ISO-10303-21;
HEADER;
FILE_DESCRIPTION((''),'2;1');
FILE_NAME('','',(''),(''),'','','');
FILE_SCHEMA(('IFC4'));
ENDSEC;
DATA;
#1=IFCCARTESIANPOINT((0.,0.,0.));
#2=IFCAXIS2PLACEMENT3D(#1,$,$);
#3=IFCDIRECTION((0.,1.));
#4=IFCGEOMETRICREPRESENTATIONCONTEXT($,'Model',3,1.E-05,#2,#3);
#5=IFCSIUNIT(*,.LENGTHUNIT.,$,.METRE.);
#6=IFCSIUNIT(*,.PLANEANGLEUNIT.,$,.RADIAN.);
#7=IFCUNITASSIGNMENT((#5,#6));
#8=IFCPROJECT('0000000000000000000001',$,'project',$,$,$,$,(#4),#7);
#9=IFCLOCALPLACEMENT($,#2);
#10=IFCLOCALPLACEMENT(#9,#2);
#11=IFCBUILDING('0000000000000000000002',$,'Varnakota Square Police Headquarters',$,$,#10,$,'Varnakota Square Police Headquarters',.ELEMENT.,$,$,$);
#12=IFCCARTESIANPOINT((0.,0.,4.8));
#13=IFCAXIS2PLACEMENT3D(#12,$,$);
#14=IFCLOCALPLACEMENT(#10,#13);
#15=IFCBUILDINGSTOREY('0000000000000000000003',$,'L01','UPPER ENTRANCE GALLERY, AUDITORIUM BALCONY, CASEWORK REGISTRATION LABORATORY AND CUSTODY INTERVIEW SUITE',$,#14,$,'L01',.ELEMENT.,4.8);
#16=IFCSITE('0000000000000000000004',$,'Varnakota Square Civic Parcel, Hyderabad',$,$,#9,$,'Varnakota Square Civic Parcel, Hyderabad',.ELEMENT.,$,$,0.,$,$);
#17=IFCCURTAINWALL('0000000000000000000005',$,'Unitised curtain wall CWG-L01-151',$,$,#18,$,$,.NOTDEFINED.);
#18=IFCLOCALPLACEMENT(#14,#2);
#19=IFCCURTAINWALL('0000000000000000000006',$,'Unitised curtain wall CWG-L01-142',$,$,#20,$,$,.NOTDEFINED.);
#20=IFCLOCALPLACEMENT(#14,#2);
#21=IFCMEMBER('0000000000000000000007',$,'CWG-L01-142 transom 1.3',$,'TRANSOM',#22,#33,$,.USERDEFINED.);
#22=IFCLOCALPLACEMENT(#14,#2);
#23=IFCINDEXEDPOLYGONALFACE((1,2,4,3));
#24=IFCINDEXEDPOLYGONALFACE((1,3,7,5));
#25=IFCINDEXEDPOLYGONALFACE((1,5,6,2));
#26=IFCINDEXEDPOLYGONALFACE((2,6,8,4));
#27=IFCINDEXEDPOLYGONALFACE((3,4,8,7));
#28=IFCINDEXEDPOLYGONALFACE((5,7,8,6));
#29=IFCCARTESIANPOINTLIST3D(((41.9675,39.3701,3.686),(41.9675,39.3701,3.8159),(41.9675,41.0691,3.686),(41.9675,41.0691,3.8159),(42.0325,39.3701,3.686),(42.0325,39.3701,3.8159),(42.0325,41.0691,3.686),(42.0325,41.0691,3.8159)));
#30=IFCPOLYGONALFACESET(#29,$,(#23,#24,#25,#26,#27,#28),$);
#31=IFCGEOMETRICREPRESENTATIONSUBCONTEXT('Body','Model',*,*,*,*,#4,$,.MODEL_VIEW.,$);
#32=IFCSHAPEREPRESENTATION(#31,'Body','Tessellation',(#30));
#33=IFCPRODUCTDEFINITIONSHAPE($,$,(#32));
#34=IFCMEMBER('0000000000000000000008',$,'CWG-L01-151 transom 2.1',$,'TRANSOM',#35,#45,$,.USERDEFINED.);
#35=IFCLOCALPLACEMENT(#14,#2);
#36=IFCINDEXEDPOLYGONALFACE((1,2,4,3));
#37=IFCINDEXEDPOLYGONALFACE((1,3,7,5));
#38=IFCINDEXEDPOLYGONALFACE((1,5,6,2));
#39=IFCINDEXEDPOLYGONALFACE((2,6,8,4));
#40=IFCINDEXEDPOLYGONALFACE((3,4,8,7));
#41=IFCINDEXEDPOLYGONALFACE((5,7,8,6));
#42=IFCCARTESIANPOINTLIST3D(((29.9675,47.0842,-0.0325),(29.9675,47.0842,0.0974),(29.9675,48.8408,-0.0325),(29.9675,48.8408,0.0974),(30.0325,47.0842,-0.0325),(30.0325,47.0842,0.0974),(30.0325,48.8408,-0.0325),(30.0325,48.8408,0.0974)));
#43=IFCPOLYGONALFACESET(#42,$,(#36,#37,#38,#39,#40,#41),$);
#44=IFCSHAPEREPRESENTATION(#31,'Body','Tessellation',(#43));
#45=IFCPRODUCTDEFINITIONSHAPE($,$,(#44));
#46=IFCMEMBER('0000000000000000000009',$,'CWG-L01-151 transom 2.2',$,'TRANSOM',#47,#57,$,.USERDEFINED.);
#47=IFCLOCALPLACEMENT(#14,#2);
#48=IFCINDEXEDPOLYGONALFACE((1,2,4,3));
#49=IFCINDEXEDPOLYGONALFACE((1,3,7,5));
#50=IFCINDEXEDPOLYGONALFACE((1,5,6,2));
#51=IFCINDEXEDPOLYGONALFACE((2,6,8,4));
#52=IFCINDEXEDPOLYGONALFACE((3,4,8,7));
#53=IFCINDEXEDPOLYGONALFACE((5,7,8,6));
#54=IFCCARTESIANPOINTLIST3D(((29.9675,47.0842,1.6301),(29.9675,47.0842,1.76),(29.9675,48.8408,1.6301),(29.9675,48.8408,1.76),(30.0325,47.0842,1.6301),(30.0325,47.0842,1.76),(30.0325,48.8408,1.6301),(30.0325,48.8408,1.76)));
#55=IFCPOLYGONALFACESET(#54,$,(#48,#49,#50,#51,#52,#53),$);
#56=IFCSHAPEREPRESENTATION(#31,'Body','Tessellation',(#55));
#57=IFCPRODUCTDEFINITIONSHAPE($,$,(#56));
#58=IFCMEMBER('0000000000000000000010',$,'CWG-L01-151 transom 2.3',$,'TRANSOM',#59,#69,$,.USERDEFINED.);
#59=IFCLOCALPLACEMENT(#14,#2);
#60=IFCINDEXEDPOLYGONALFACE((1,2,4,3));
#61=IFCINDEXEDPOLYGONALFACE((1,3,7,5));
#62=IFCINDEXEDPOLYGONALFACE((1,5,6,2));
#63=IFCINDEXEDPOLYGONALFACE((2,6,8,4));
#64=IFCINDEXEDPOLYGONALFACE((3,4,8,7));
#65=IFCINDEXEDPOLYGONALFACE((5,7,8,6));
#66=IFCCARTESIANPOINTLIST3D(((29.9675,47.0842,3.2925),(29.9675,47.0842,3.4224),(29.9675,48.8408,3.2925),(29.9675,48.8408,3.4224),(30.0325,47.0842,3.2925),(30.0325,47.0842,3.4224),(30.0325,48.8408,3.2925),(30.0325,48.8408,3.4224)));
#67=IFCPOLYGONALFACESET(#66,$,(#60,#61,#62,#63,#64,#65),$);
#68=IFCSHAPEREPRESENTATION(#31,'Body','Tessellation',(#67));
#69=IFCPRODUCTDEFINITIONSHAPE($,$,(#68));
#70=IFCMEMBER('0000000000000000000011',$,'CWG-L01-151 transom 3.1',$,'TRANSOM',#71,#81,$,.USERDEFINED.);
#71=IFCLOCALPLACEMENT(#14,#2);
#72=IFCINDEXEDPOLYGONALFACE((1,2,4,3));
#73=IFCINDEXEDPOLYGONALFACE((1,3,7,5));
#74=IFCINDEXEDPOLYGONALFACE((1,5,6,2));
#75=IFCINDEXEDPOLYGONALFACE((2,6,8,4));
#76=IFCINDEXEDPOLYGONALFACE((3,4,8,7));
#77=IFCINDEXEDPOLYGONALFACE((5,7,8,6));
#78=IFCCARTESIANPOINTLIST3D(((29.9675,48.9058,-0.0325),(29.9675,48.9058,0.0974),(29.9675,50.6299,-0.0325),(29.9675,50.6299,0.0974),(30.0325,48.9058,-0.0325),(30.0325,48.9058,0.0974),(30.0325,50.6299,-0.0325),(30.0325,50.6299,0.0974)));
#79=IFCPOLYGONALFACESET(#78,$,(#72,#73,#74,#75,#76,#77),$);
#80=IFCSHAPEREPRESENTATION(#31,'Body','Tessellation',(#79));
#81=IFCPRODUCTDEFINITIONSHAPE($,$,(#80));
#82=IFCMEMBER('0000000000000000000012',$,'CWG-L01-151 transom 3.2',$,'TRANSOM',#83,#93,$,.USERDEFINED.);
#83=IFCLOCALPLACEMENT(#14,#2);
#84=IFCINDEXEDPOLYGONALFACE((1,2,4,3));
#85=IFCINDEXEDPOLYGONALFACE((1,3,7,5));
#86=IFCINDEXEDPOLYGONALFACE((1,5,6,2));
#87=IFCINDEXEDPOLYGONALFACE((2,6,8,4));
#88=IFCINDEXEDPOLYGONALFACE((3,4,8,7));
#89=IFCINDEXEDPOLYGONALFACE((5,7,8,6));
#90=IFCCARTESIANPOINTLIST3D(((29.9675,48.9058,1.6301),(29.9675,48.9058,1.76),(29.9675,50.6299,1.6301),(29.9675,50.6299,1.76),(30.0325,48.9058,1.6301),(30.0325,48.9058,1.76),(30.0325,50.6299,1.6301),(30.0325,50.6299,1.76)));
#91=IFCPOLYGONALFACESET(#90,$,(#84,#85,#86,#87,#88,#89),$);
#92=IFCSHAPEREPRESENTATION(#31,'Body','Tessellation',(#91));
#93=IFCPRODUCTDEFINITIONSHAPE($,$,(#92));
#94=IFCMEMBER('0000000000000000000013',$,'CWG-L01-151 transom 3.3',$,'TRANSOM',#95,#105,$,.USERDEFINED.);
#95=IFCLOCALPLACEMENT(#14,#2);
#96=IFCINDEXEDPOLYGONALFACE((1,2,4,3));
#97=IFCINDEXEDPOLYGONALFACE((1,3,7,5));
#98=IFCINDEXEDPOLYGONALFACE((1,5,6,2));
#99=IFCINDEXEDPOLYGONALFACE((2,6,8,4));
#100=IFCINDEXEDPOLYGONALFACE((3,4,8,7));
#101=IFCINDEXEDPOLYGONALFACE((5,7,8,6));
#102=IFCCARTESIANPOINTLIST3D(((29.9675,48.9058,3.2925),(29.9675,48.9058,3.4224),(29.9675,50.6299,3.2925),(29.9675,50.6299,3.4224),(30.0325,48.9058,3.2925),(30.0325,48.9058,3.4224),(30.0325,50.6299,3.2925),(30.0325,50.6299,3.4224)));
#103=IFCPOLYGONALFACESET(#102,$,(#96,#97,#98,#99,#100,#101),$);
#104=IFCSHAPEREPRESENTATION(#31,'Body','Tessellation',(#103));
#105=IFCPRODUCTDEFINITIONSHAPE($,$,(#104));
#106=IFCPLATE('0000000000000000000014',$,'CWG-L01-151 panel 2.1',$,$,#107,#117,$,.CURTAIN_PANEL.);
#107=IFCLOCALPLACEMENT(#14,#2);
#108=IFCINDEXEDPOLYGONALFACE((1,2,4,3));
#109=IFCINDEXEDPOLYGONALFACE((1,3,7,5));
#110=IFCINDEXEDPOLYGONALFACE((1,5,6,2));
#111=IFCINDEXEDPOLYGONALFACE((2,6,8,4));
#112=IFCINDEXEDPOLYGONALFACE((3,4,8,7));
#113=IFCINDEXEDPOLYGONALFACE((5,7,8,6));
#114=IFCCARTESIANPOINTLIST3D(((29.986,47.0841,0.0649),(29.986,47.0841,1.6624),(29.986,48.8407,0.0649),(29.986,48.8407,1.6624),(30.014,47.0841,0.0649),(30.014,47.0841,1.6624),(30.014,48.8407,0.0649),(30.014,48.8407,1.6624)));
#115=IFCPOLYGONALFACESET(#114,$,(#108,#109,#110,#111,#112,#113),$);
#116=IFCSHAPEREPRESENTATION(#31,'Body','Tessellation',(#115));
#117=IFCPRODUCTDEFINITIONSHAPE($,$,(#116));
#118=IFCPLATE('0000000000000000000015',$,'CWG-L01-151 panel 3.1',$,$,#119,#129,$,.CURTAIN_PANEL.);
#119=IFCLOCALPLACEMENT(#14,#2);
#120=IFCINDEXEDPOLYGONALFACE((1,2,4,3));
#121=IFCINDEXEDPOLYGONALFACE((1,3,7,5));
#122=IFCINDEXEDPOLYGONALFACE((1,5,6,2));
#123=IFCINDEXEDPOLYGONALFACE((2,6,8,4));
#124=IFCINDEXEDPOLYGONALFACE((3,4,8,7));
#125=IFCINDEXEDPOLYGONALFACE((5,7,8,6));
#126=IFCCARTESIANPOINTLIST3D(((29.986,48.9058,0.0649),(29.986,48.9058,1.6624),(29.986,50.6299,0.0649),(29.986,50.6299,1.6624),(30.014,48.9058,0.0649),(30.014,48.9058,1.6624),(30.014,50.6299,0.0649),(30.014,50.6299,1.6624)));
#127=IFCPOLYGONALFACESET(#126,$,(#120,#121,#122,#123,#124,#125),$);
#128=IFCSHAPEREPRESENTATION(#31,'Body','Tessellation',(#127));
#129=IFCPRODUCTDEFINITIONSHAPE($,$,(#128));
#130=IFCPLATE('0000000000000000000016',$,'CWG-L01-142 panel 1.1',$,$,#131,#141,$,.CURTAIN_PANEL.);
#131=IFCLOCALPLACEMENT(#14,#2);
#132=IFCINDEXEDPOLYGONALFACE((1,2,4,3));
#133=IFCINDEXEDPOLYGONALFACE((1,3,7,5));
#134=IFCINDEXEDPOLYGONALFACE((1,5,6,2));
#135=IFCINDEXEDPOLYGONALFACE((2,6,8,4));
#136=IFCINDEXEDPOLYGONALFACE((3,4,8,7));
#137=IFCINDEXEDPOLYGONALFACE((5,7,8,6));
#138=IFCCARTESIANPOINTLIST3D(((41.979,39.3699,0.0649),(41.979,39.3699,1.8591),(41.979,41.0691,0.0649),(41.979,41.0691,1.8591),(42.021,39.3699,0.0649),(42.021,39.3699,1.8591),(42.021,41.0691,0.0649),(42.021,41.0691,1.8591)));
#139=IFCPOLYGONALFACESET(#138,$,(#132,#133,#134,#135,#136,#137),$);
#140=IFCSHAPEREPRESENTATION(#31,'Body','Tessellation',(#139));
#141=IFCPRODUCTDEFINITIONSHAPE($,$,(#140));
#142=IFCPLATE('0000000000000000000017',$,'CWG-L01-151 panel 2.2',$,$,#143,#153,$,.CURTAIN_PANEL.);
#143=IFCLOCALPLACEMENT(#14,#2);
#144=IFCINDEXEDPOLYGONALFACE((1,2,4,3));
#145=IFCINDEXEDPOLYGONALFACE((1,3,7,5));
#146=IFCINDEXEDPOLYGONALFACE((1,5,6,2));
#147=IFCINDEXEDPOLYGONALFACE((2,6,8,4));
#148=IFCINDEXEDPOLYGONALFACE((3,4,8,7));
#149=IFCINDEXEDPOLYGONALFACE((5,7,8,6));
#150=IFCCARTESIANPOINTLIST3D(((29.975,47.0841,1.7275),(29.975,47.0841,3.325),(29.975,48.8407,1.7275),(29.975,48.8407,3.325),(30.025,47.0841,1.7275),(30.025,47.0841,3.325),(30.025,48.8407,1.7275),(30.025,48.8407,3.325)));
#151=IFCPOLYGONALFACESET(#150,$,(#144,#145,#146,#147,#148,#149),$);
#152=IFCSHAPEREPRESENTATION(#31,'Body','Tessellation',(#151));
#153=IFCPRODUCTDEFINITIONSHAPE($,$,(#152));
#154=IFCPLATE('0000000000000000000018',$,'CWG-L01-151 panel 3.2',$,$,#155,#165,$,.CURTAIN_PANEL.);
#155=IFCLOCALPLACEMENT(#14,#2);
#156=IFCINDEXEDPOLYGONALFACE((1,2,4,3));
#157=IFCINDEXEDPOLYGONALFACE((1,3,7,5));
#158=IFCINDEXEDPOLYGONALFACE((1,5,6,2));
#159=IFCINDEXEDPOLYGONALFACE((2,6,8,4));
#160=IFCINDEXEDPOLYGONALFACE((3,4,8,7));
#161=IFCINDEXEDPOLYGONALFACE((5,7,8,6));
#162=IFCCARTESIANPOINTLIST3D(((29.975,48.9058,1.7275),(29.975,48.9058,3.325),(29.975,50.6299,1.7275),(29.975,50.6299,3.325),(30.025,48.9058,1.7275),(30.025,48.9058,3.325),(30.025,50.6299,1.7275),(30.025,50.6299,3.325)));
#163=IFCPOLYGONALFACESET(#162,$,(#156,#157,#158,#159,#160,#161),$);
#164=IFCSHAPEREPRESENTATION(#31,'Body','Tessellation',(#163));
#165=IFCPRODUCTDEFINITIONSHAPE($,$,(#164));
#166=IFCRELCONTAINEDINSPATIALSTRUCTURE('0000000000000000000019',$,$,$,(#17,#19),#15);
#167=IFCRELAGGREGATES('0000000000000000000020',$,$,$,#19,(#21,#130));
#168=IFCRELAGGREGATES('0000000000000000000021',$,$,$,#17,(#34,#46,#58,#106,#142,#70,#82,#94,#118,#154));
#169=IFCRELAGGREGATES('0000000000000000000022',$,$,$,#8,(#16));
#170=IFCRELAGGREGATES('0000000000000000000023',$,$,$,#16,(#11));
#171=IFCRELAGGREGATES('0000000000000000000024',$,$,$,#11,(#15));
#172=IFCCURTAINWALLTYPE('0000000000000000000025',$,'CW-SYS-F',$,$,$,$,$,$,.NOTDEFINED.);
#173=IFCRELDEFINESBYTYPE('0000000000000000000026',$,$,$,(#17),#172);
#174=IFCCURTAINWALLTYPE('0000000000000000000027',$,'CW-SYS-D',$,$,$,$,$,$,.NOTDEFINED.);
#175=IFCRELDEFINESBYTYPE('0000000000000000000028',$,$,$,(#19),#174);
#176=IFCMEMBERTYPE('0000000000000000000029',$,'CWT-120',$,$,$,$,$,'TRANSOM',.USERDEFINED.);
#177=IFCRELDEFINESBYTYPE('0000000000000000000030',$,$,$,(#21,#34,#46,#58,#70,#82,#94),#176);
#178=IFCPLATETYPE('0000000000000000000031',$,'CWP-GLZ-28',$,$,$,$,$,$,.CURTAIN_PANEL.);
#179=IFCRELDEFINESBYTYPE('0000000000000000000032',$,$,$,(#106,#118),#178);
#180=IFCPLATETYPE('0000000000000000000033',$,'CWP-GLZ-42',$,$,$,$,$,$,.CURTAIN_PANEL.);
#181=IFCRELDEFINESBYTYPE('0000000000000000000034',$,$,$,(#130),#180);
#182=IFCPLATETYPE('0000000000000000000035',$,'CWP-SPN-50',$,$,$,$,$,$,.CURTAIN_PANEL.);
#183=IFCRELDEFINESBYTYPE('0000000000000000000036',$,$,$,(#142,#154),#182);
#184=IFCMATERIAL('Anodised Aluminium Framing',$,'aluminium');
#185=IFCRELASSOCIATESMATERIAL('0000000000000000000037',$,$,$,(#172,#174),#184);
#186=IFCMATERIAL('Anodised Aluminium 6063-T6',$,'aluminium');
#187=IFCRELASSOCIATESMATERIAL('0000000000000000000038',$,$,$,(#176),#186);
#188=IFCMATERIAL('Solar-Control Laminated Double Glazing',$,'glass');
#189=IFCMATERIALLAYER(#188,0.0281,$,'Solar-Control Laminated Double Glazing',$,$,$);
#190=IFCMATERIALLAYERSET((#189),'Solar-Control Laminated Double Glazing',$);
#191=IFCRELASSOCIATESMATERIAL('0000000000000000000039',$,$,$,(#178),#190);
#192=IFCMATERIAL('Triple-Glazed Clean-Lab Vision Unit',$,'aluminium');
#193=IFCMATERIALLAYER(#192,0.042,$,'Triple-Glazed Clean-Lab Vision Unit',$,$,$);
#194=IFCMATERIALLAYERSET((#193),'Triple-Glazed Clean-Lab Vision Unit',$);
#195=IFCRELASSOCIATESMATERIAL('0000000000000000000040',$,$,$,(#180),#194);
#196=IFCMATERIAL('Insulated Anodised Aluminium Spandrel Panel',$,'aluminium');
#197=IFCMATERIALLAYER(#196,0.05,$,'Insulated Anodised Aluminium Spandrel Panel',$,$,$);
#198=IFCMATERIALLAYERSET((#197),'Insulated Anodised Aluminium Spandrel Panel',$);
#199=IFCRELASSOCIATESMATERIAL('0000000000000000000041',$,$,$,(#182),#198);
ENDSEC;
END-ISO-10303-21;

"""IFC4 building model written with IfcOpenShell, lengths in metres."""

from ifc_helpers import new_model, si_unit, direction, frame, origin, origin_2d, place, context, subcontext, project, spatial, rectangle, extrude, material, layer, layer_set, material_profile, profile_set, type_object, element, aggregate, save


model = new_model("IFC4")

# Units and contexts
model_context = context("Model", 3, precision=1e-05, world=origin(), true_north=direction((0.0, 1.0)))
body_context = subcontext(model_context, "Body", "Model", "MODEL_VIEW")
ifc_project = project(units=[si_unit("LENGTHUNIT", "METRE"), si_unit("PLANEANGLEUNIT", "RADIAN")], contexts=[model_context])

# Site, building, storey
site_placement = place(None, origin())
site = spatial("IfcSite", under=ifc_project, at=site_placement, Name="Varnakota Square Civic Parcel, Hyderabad", LongName="Varnakota Square Civic Parcel, Hyderabad", CompositionType="ELEMENT", RefElevation=0.0)
building_placement = place(site_placement, origin())
building = spatial("IfcBuilding", under=site, at=building_placement, Name="Varnakota Square Police Headquarters", LongName="Varnakota Square Police Headquarters", CompositionType="ELEMENT")
storey_placement = place(building_placement, frame((0.0, 0.0, 4.8)))
storey = spatial("IfcBuildingStorey", under=building, at=storey_placement, Name="L01", Description="UPPER ENTRANCE GALLERY, AUDITORIUM BALCONY, CASEWORK REGISTRATION LABORATORY AND CUSTODY INTERVIEW SUITE", LongName="L01", CompositionType="ELEMENT", Elevation=4.8)

# Curtain walls, member
ifc_material_1 = material(Name="Anodised Aluminium Framing", Category="aluminium")
curtain_wall_type_1 = type_object("IfcCurtainWallType", Name="CW-SYS-F", PredefinedType="NOTDEFINED", material=ifc_material_1)
curtain_wall_1_placement = place(storey_placement, origin())
curtain_wall_1 = element("IfcCurtainWall", 1, at=curtain_wall_1_placement, inside=storey, type_object=curtain_wall_type_1, Name="Unitised curtain wall CWG-L01-151", PredefinedType="NOTDEFINED")
ifc_material_2 = material(Name="Anodised Aluminium 6063-T6", Category="aluminium")
curtain_wall_type_2 = type_object("IfcCurtainWallType", Name="CW-SYS-D", PredefinedType="NOTDEFINED", material=ifc_material_1)
curtain_wall_2_placement = place(storey_placement, origin())
curtain_wall_2 = element("IfcCurtainWall", 2, at=curtain_wall_2_placement, inside=storey, type_object=curtain_wall_type_2, Name="Unitised curtain wall CWG-L01-142", PredefinedType="NOTDEFINED")
ifc_material_profile_1 = material_profile(ifc_material_2, rectangle(XDim=0.0649, YDim=0.1299, at=origin_2d()), Name="ALU TRANSOM 65x130")
ifc_profile_set_1 = profile_set([ifc_material_profile_1], Name="Anodised Aluminium 6063-T6")
member_type_1 = type_object("IfcMemberType", Name="CWT-120", ElementType="TRANSOM", PredefinedType="USERDEFINED", material=ifc_profile_set_1)
member_1_placement = place(storey_placement, frame((42.0, 39.3701, 3.751), z_axis=(0.0, 1.0, 0.0), x_axis=(-1.0, 0.0, 0.0)))
member_1 = element("IfcMember", 3, at=member_1_placement, type_object=member_type_1, Name="CWG-L01-142 transom 1.3", ObjectType="TRANSOM", PredefinedType="USERDEFINED", context=body_context, shape_type="SweptSolid", body=[
    extrude(rectangle(XDim=0.0649, YDim=0.1299, at=origin_2d()), origin(), (0.0, 0.0, 1.0), 1.699),
])

# Members
member_2_placement = place(storey_placement, frame((30.0, 47.0842, 0.0325), z_axis=(0.0, 1.0, 0.0), x_axis=(-1.0, 0.0, 0.0)))
member_2 = element("IfcMember", 4, at=member_2_placement, type_object=member_type_1, Name="CWG-L01-151 transom 2.1", ObjectType="TRANSOM", PredefinedType="USERDEFINED", context=body_context, shape_type="SweptSolid", body=[
    extrude(rectangle(XDim=0.0649, YDim=0.1299, at=origin_2d()), origin(), (0.0, 0.0, 1.0), 1.7566),
])
member_3_placement = place(storey_placement, frame((30.0, 47.0842, 1.6951), z_axis=(0.0, 1.0, 0.0), x_axis=(-1.0, 0.0, 0.0)))
member_3 = element("IfcMember", 5, at=member_3_placement, type_object=member_type_1, Name="CWG-L01-151 transom 2.2", ObjectType="TRANSOM", PredefinedType="USERDEFINED", context=body_context, shape_type="SweptSolid", body=[
    extrude(rectangle(XDim=0.0649, YDim=0.1299, at=origin_2d()), origin(), (0.0, 0.0, 1.0), 1.7566),
])
member_4_placement = place(storey_placement, frame((30.0, 47.0842, 3.3574), z_axis=(0.0, 1.0, 0.0), x_axis=(-1.0, 0.0, 0.0)))
member_4 = element("IfcMember", 6, at=member_4_placement, type_object=member_type_1, Name="CWG-L01-151 transom 2.3", ObjectType="TRANSOM", PredefinedType="USERDEFINED", context=body_context, shape_type="SweptSolid", body=[
    extrude(rectangle(XDim=0.0649, YDim=0.1299, at=origin_2d()), origin(), (0.0, 0.0, 1.0), 1.7566),
])
member_5_placement = place(storey_placement, frame((30.0, 48.9058, 0.0325), z_axis=(0.0, 1.0, 0.0), x_axis=(-1.0, 0.0, 0.0)))
member_5 = element("IfcMember", 7, at=member_5_placement, type_object=member_type_1, Name="CWG-L01-151 transom 3.1", ObjectType="TRANSOM", PredefinedType="USERDEFINED", context=body_context, shape_type="SweptSolid", body=[
    extrude(rectangle(XDim=0.0649, YDim=0.1299, at=origin_2d()), origin(), (0.0, 0.0, 1.0), 1.7241),
])
member_6_placement = place(storey_placement, frame((30.0, 48.9058, 1.6951), z_axis=(0.0, 1.0, 0.0), x_axis=(-1.0, 0.0, 0.0)))
member_6 = element("IfcMember", 8, at=member_6_placement, type_object=member_type_1, Name="CWG-L01-151 transom 3.2", ObjectType="TRANSOM", PredefinedType="USERDEFINED", context=body_context, shape_type="SweptSolid", body=[
    extrude(rectangle(XDim=0.0649, YDim=0.1299, at=origin_2d()), origin(), (0.0, 0.0, 1.0), 1.7241),
])
member_7_placement = place(storey_placement, frame((30.0, 48.9058, 3.3574), z_axis=(0.0, 1.0, 0.0), x_axis=(-1.0, 0.0, 0.0)))
member_7 = element("IfcMember", 9, at=member_7_placement, type_object=member_type_1, Name="CWG-L01-151 transom 3.3", ObjectType="TRANSOM", PredefinedType="USERDEFINED", context=body_context, shape_type="SweptSolid", body=[
    extrude(rectangle(XDim=0.0649, YDim=0.1299, at=origin_2d()), origin(), (0.0, 0.0, 1.0), 1.7241),
])

# Plates
ifc_material_3 = material(Name="Solar-Control Laminated Double Glazing", Category="glass")
ifc_layer_1 = layer(ifc_material_3, 0.0281, Name="Solar-Control Laminated Double Glazing")
ifc_layer_set_1 = layer_set([ifc_layer_1], Name="Solar-Control Laminated Double Glazing")
plate_type_1 = type_object("IfcPlateType", Name="CWP-GLZ-28", PredefinedType="CURTAIN_PANEL", material=ifc_layer_set_1)
plate_1_placement = place(storey_placement, frame((30.0, 47.9624, 0.0649), z_axis=(0.0, 0.0, 1.0), x_axis=(0.0, 1.0, 0.0)))
plate_1 = element("IfcPlate", 10, at=plate_1_placement, type_object=plate_type_1, Name="CWG-L01-151 panel 2.1", PredefinedType="CURTAIN_PANEL", context=body_context, shape_type="SweptSolid", body=[
    extrude(rectangle(XDim=1.7566, YDim=0.0281, at=origin_2d()), origin(), (0.0, 0.0, 1.0), 1.5974),
])
plate_2_placement = place(storey_placement, frame((30.0, 49.7678, 0.0649), z_axis=(0.0, 0.0, 1.0), x_axis=(0.0, 1.0, 0.0)))
plate_2 = element("IfcPlate", 11, at=plate_2_placement, type_object=plate_type_1, Name="CWG-L01-151 panel 3.1", PredefinedType="CURTAIN_PANEL", context=body_context, shape_type="SweptSolid", body=[
    extrude(rectangle(XDim=1.7241, YDim=0.0281, at=origin_2d()), origin(), (0.0, 0.0, 1.0), 1.5974),
])
ifc_material_4 = material(Name="Triple-Glazed Clean-Lab Vision Unit", Category="aluminium")
ifc_layer_2 = layer(ifc_material_4, 0.042, Name="Triple-Glazed Clean-Lab Vision Unit")
ifc_layer_set_2 = layer_set([ifc_layer_2], Name="Triple-Glazed Clean-Lab Vision Unit")
plate_type_2 = type_object("IfcPlateType", Name="CWP-GLZ-42", PredefinedType="CURTAIN_PANEL", material=ifc_layer_set_2)
plate_3_placement = place(storey_placement, frame((42.0, 40.2195, 0.0649), z_axis=(0.0, 0.0, 1.0), x_axis=(0.0, 1.0, 0.0)))
plate_3 = element("IfcPlate", 12, at=plate_3_placement, type_object=plate_type_2, Name="CWG-L01-142 panel 1.1", PredefinedType="CURTAIN_PANEL", context=body_context, shape_type="SweptSolid", body=[
    extrude(rectangle(XDim=1.6992, YDim=0.042, at=origin_2d()), origin(), (0.0, 0.0, 1.0), 1.7942),
])
aggregate(curtain_wall_2, [member_1, plate_3])
ifc_material_5 = material(Name="Insulated Anodised Aluminium Spandrel Panel", Category="aluminium")
ifc_layer_3 = layer(ifc_material_5, 0.05, Name="Insulated Anodised Aluminium Spandrel Panel")
ifc_layer_set_3 = layer_set([ifc_layer_3], Name="Insulated Anodised Aluminium Spandrel Panel")
plate_type_3 = type_object("IfcPlateType", Name="CWP-SPN-50", PredefinedType="CURTAIN_PANEL", material=ifc_layer_set_3)
plate_4_placement = place(storey_placement, frame((30.0, 47.9624, 1.7275), z_axis=(0.0, 0.0, 1.0), x_axis=(0.0, 1.0, 0.0)))
plate_4 = element("IfcPlate", 13, at=plate_4_placement, type_object=plate_type_3, Name="CWG-L01-151 panel 2.2", PredefinedType="CURTAIN_PANEL", context=body_context, shape_type="SweptSolid", body=[
    extrude(rectangle(XDim=1.7566, YDim=0.05, at=origin_2d()), origin(), (0.0, 0.0, 1.0), 1.5974),
])
plate_5_placement = place(storey_placement, frame((30.0, 49.7678, 1.7275), z_axis=(0.0, 0.0, 1.0), x_axis=(0.0, 1.0, 0.0)))
plate_5 = element("IfcPlate", 14, at=plate_5_placement, type_object=plate_type_3, Name="CWG-L01-151 panel 3.2", PredefinedType="CURTAIN_PANEL", context=body_context, shape_type="SweptSolid", body=[
    extrude(rectangle(XDim=1.7241, YDim=0.05, at=origin_2d()), origin(), (0.0, 0.0, 1.0), 1.5974),
])
aggregate(curtain_wall_1, [member_2, member_3, member_4, plate_1, plate_4, member_5, member_6, member_7, plate_2, plate_5])

save(model, "model.ifc")
